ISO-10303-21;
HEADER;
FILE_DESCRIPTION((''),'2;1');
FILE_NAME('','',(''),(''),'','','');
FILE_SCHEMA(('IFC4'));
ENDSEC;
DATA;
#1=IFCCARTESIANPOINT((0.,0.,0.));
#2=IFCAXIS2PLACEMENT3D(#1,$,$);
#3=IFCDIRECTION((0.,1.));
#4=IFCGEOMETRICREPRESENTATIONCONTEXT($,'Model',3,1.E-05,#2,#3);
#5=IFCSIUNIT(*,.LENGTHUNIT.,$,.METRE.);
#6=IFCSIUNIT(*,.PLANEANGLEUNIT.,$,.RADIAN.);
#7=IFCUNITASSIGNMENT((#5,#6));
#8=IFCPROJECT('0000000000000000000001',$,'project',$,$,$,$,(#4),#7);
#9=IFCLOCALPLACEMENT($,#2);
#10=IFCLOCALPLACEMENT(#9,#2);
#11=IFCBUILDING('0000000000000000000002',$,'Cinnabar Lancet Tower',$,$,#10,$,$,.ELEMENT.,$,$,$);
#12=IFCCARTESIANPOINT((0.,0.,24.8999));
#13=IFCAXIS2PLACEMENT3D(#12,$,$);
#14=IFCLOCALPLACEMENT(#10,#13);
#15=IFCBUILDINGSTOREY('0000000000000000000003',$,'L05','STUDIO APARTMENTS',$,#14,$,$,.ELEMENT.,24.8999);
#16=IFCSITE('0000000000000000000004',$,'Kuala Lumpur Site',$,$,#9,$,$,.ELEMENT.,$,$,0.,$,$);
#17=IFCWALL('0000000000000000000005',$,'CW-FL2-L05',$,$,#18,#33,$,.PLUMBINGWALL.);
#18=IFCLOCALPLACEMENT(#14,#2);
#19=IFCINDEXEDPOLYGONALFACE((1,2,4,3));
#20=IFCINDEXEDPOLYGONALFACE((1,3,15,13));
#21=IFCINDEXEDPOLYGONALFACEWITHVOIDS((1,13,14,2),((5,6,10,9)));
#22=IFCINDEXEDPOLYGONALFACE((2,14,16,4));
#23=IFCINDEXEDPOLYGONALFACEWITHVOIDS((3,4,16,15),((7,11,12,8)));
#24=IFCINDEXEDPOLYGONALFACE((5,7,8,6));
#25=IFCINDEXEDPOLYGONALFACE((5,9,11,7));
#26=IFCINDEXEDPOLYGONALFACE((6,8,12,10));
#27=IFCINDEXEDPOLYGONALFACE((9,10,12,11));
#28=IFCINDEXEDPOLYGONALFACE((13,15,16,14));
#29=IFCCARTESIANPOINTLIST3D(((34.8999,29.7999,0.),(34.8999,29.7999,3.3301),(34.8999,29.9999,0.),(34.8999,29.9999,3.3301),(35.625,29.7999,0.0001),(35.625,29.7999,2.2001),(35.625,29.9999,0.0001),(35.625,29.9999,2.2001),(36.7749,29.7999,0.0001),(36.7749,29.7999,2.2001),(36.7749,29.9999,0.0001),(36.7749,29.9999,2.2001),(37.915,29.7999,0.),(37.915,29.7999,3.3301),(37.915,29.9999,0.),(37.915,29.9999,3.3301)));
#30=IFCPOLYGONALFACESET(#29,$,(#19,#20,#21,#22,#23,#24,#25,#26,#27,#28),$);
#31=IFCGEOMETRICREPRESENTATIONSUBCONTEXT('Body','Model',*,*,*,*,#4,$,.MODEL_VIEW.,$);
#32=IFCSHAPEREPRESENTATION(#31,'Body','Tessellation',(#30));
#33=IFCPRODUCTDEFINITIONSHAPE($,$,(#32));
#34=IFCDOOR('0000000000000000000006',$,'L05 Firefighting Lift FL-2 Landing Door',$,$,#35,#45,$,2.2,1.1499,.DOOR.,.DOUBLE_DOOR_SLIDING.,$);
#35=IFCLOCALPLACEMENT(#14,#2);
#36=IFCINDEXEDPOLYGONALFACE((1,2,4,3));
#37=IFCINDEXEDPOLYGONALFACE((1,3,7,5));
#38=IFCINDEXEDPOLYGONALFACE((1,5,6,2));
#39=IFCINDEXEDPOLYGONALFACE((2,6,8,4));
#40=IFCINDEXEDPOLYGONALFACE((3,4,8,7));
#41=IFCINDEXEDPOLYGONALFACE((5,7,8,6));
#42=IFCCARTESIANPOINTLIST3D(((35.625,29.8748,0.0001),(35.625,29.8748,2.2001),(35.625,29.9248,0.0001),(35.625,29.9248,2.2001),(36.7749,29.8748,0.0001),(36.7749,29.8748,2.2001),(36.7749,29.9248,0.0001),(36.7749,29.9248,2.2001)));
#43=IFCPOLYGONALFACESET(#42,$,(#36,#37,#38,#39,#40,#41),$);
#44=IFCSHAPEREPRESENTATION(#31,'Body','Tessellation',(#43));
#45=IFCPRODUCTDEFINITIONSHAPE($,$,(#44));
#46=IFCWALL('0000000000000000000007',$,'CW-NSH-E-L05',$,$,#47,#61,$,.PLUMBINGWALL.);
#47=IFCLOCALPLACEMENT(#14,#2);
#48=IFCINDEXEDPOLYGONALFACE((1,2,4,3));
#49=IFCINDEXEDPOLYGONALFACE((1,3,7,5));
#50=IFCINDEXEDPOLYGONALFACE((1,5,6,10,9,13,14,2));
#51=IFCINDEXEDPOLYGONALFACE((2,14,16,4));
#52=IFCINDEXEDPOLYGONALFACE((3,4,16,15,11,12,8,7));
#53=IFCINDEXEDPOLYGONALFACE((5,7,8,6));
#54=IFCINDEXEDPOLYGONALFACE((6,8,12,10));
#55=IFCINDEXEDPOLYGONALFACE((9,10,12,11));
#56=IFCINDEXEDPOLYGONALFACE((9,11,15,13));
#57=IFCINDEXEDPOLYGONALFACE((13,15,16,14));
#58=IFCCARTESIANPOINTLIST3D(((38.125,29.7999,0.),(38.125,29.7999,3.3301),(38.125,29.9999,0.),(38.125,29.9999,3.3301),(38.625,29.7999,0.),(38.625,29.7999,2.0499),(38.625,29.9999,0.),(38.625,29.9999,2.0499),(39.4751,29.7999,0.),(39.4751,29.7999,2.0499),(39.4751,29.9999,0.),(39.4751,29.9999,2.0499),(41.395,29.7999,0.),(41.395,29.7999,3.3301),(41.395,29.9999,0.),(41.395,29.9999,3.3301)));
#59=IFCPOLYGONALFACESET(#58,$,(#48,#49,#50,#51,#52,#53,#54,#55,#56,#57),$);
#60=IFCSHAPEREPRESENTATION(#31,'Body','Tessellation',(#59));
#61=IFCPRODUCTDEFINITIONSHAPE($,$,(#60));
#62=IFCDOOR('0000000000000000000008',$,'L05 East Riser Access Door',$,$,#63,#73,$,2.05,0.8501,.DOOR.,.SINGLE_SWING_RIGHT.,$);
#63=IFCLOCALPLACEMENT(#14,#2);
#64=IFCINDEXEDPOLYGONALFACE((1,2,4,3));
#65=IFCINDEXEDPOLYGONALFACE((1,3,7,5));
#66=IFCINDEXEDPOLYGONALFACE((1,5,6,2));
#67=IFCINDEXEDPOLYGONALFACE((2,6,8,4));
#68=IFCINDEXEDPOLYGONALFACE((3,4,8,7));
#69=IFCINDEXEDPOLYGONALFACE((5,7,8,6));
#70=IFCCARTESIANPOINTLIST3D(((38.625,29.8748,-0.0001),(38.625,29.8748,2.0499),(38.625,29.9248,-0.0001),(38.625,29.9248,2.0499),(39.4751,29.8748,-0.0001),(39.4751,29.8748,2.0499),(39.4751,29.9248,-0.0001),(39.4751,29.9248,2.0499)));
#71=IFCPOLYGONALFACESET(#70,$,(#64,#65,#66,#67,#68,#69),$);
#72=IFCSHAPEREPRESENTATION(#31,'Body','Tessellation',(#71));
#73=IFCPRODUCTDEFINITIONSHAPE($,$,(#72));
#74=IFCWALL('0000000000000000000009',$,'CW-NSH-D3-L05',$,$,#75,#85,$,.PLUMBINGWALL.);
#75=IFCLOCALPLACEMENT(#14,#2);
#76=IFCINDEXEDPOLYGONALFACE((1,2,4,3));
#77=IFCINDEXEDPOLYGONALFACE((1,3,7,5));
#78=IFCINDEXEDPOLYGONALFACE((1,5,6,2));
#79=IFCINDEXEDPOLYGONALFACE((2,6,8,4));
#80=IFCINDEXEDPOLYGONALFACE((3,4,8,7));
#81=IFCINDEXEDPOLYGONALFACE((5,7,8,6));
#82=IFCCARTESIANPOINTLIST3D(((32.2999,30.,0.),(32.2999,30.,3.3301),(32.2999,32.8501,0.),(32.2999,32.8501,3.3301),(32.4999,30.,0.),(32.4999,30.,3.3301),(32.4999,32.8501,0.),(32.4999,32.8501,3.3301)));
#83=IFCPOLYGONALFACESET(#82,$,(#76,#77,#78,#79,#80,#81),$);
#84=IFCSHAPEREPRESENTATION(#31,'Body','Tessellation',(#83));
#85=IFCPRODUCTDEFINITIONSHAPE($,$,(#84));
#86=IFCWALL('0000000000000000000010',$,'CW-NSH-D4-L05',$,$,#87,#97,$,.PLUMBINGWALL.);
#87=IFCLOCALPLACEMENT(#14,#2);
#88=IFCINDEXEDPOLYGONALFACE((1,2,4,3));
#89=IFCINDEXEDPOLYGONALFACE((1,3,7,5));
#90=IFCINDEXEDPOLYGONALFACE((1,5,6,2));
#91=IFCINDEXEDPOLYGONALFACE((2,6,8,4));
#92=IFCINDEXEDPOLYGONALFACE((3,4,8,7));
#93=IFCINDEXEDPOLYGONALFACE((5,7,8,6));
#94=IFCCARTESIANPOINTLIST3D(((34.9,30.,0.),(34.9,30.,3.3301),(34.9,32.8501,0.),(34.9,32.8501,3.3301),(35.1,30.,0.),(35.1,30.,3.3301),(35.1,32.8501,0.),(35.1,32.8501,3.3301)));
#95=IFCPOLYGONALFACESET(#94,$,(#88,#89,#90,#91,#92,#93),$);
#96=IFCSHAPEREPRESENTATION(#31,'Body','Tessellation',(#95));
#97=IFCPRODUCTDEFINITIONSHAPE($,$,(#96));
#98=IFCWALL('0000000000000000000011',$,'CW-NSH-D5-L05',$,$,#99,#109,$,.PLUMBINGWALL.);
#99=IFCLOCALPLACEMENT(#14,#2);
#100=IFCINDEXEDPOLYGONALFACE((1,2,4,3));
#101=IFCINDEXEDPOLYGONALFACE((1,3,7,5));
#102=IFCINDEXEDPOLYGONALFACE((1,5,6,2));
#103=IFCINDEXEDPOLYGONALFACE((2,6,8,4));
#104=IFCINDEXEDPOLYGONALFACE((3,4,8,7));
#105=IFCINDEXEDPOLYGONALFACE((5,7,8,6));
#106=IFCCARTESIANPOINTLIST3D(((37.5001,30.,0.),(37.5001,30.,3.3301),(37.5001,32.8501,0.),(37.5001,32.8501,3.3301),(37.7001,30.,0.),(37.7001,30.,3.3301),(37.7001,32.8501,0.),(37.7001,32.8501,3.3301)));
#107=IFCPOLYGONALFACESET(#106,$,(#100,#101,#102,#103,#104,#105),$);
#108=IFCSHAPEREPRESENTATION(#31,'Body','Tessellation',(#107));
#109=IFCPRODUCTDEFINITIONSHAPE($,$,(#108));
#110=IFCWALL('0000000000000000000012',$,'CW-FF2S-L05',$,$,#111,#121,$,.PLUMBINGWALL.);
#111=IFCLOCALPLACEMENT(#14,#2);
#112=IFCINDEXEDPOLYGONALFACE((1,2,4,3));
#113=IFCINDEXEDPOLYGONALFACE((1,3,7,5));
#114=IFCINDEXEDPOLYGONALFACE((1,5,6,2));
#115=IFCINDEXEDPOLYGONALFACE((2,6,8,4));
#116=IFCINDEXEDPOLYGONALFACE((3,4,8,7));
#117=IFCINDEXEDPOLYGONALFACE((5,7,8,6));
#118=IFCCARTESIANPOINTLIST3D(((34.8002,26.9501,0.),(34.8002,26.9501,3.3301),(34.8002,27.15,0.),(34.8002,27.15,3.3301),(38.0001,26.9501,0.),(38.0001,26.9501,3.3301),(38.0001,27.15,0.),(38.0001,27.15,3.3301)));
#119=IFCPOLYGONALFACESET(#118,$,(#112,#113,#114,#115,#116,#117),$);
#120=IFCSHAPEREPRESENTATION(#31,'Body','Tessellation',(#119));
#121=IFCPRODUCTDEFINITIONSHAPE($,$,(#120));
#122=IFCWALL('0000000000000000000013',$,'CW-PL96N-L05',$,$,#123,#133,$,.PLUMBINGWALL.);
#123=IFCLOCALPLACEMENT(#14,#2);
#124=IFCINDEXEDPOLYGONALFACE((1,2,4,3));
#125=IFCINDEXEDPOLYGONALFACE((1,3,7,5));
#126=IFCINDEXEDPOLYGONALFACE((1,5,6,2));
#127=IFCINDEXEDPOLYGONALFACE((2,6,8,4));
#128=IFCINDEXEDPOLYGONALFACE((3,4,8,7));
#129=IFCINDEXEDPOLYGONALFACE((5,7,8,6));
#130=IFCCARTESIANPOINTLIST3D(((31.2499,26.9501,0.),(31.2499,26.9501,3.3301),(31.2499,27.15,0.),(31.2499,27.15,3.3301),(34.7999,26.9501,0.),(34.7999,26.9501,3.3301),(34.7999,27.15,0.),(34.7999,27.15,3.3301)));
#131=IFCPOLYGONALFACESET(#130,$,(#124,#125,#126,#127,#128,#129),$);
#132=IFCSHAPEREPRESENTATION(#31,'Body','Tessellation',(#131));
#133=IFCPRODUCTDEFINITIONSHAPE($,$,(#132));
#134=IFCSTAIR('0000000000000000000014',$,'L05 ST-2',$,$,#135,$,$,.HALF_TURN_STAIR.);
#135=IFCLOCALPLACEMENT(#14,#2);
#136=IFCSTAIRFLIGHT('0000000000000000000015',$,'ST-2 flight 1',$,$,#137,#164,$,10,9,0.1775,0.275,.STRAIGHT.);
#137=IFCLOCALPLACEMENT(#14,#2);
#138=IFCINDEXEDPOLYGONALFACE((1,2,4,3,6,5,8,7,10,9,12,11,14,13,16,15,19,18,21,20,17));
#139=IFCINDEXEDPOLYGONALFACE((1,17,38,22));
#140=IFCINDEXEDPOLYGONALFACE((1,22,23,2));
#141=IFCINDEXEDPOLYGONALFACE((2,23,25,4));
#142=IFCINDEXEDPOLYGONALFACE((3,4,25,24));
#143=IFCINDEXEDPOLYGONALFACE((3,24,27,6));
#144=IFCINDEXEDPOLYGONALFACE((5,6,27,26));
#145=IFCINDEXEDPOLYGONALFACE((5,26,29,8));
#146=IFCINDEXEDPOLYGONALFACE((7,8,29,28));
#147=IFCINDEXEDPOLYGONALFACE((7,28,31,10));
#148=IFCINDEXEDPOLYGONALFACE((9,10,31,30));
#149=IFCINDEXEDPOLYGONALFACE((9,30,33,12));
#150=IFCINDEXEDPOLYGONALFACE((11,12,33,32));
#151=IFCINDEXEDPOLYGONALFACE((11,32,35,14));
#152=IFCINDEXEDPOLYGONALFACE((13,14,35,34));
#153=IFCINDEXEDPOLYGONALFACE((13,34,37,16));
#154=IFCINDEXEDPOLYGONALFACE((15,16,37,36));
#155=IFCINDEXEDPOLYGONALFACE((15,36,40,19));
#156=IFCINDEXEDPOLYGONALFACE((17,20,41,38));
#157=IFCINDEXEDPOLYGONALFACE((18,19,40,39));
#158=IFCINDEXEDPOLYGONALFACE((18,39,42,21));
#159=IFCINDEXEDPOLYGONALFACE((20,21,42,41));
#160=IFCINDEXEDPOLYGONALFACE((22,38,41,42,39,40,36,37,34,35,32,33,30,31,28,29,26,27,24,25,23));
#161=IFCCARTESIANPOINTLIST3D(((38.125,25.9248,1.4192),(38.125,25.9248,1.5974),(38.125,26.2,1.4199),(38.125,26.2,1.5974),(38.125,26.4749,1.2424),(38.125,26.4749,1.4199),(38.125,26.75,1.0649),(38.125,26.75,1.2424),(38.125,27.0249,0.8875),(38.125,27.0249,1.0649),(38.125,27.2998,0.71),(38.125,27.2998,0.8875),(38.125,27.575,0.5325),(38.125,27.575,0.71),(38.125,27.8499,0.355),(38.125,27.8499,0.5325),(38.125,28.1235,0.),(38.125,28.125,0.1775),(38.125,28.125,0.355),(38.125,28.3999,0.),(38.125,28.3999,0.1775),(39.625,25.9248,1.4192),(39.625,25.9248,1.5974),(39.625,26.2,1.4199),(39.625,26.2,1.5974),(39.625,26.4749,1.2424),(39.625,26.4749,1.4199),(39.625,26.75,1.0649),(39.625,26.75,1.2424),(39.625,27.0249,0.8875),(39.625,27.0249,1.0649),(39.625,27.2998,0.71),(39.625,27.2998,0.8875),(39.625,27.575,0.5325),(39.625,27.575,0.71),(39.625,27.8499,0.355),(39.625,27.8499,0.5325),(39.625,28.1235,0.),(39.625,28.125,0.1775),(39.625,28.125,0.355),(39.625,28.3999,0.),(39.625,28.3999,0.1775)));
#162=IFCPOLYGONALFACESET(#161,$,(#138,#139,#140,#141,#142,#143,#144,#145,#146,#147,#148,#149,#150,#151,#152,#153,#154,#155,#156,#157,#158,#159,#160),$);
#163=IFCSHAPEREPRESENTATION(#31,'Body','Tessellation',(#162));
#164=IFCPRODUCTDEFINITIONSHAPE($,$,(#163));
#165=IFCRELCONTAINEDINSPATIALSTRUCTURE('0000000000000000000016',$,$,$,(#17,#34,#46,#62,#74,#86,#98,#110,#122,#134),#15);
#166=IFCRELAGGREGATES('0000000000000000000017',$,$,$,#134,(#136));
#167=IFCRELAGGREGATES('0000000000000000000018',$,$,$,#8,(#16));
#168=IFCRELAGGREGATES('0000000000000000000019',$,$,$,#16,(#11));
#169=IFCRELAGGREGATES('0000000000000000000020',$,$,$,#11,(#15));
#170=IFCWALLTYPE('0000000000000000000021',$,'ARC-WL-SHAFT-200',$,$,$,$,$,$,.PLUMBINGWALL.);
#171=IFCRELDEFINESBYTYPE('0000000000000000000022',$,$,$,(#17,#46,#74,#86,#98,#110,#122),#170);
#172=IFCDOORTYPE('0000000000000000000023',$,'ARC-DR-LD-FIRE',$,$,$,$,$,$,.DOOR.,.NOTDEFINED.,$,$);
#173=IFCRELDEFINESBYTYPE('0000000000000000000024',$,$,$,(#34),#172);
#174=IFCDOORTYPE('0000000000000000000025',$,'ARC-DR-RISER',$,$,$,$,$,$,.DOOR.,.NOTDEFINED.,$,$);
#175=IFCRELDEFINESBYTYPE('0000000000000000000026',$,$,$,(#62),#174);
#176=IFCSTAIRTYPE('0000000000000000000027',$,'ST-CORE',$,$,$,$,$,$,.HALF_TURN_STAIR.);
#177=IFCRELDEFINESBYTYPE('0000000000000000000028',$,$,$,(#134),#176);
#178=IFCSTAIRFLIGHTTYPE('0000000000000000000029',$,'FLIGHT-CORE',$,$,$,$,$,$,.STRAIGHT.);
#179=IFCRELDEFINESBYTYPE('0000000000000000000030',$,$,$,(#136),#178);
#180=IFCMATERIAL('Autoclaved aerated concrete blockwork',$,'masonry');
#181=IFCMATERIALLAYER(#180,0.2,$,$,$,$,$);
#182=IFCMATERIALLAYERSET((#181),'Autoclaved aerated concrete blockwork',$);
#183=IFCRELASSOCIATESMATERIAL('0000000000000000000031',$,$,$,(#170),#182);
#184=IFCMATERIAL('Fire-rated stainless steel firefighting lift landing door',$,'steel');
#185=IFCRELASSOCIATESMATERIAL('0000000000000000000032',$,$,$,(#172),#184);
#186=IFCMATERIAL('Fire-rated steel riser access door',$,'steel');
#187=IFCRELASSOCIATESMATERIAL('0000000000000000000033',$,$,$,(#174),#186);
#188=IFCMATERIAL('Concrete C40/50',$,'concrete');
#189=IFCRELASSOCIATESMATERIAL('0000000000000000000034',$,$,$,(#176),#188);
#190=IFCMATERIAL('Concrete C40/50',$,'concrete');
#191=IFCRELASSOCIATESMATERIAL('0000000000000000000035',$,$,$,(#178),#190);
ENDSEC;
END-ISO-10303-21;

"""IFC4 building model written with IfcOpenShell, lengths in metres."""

from ifc_helpers import new_model, si_unit, direction, frame, frame_2d, origin, place, context, subcontext, project, spatial, polyline, rectangle, outline, extrude, material, layer, layer_set, type_object, element, fill, aggregate, save


model = new_model("IFC4")

# Units and contexts
model_context = context("Model", 3, precision=1e-05, world=origin(), true_north=direction((0.0, 1.0)))
body_context = subcontext(model_context, "Body", "Model", "MODEL_VIEW")
ifc_project = project(units=[si_unit("LENGTHUNIT", "METRE"), si_unit("PLANEANGLEUNIT", "RADIAN")], contexts=[model_context])

# Site, building, storey
site_placement = place(None, origin())
site = spatial("IfcSite", under=ifc_project, at=site_placement, Name="Kuala Lumpur Site", CompositionType="ELEMENT", RefElevation=0.0)
building_placement = place(site_placement, origin())
building = spatial("IfcBuilding", under=site, at=building_placement, Name="Cinnabar Lancet Tower", CompositionType="ELEMENT")
storey_placement = place(building_placement, frame((0.0, 0.0, 24.8999)))
storey = spatial("IfcBuildingStorey", under=building, at=storey_placement, Name="L05", Description="STUDIO APARTMENTS", CompositionType="ELEMENT", Elevation=24.8999)

# Walls, openings, doors
ifc_material_1 = material(Name="Autoclaved aerated concrete blockwork", Category="masonry")
ifc_layer = layer(ifc_material_1, 0.2)
ifc_layer_set = layer_set([ifc_layer], Name="Autoclaved aerated concrete blockwork")
wall_type = type_object("IfcWallType", Name="ARC-WL-SHAFT-200", PredefinedType="PLUMBINGWALL", material=ifc_layer_set)
wall_1_placement = place(storey_placement, frame((34.8999, 29.8999, 0.0), z_axis=(0.0, 0.0, 1.0), x_axis=(1.0, 0.0, 0.0)))
wall_1 = element("IfcWall", 1, at=wall_1_placement, inside=storey, type_object=wall_type, Name="CW-FL2-L05", PredefinedType="PLUMBINGWALL", context=body_context, shape_type="SweptSolid", body=[
    extrude(rectangle(XDim=3.0151, YDim=0.2, at=frame_2d((1.5076, 0.0))), origin(), (0.0, 0.0, 1.0), 3.3301),
])
opening_1_placement = place(wall_1_placement, frame((0.7251, 0.0, 0.0)))
opening_1 = element("IfcOpeningElement", 2, at=opening_1_placement, cuts=wall_1, PredefinedType="OPENING", context=body_context, shape_type="SweptSolid", body=[
    extrude(rectangle(XDim=1.1499, YDim=2.2, at=frame_2d((0.575, 1.1001))), frame((0.0, 0.1099, 0.0), z_axis=(0.0, -1.0, 0.0), x_axis=(1.0, 0.0, 0.0)), (0.0, 0.0, 1.0), 0.22),
])
ifc_material_2 = material(Name="Fire-rated stainless steel firefighting lift landing door", Category="steel")
door_type_1 = type_object("IfcDoorType", Name="ARC-DR-LD-FIRE", OperationType="NOTDEFINED", PredefinedType="DOOR", material=ifc_material_2)
door_1_placement = place(opening_1_placement, origin())
door_1 = element("IfcDoor", 3, at=door_1_placement, inside=storey, type_object=door_type_1, Name="L05 Firefighting Lift FL-2 Landing Door", OperationType="DOUBLE_DOOR_SLIDING", OverallHeight=2.2, OverallWidth=1.1499, PredefinedType="DOOR", context=body_context, shape_type="SweptSolid", body=[
    extrude(rectangle(XDim=1.1499, YDim=2.2, at=frame_2d((0.575, 1.1001))), frame((0.0, 0.0249, 0.0), z_axis=(0.0, -1.0, 0.0), x_axis=(1.0, 0.0, 0.0)), (0.0, 0.0, 1.0), 0.05),
])
fill(opening_1, door_1)
wall_2_placement = place(storey_placement, frame((38.125, 29.8999, 0.0), z_axis=(0.0, 0.0, 1.0), x_axis=(1.0, 0.0, 0.0)))
wall_2 = element("IfcWall", 4, at=wall_2_placement, inside=storey, type_object=wall_type, Name="CW-NSH-E-L05", PredefinedType="PLUMBINGWALL", context=body_context, shape_type="SweptSolid", body=[
    extrude(rectangle(XDim=3.27, YDim=0.2, at=frame_2d((1.635, 0.0))), origin(), (0.0, 0.0, 1.0), 3.3301),
])
opening_2_placement = place(wall_2_placement, frame((0.5, 0.0, 0.0)))
opening_2 = element("IfcOpeningElement", 5, at=opening_2_placement, cuts=wall_2, PredefinedType="OPENING", context=body_context, shape_type="SweptSolid", body=[
    extrude(rectangle(XDim=0.8501, YDim=2.05, at=frame_2d((0.425, 1.0249))), frame((0.0, 0.1099, 0.0), z_axis=(0.0, -1.0, 0.0), x_axis=(1.0, 0.0, 0.0)), (0.0, 0.0, 1.0), 0.22),
])
ifc_material_3 = material(Name="Fire-rated steel riser access door", Category="steel")
door_type_2 = type_object("IfcDoorType", Name="ARC-DR-RISER", OperationType="NOTDEFINED", PredefinedType="DOOR", material=ifc_material_3)
door_2_placement = place(opening_2_placement, origin())
door_2 = element("IfcDoor", 6, at=door_2_placement, inside=storey, type_object=door_type_2, Name="L05 East Riser Access Door", OperationType="SINGLE_SWING_RIGHT", OverallHeight=2.05, OverallWidth=0.8501, PredefinedType="DOOR", context=body_context, shape_type="SweptSolid", body=[
    extrude(rectangle(XDim=0.8501, YDim=2.05, at=frame_2d((0.425, 1.0249))), frame((0.0, 0.0249, 0.0), z_axis=(0.0, -1.0, 0.0), x_axis=(1.0, 0.0, 0.0)), (0.0, 0.0, 1.0), 0.05),
])
fill(opening_2, door_2)

# Walls
for number, where, z_axis, x_axis, name in (
    (7, (32.3999, 30.0, 0.0), (0.0, 0.0, 1.0), (0.0, 1.0, 0.0), "CW-NSH-D3-L05"),
    (8, (35.0, 30.0, 0.0), (0.0, 0.0, 1.0), (0.0, 1.0, 0.0), "CW-NSH-D4-L05"),
    (9, (37.6001, 30.0, 0.0), (0.0, 0.0, 1.0), (0.0, 1.0, 0.0), "CW-NSH-D5-L05"),
):
    element("IfcWall", number, at=place(storey_placement, frame(where, z_axis=z_axis, x_axis=x_axis)), inside=storey, type_object=wall_type, Name=name, PredefinedType="PLUMBINGWALL", context=body_context, shape_type="SweptSolid", body=[
        extrude(rectangle(XDim=2.8501, YDim=0.2, at=frame_2d((1.425, 0.0))), origin(), (0.0, 0.0, 1.0), 3.3301),
    ])

# Walls
wall_3_placement = place(storey_placement, frame((34.8, 27.05, 0.0), z_axis=(0.0, 0.0, 1.0), x_axis=(1.0, 0.0, 0.0)))
element("IfcWall", 10, at=wall_3_placement, inside=storey, type_object=wall_type, Name="CW-FF2S-L05", PredefinedType="PLUMBINGWALL", context=body_context, shape_type="SweptSolid", body=[
    extrude(rectangle(XDim=3.2, YDim=0.2, at=frame_2d((1.6001, 0.0))), origin(), (0.0, 0.0, 1.0), 3.3301),
])
wall_4_placement = place(storey_placement, frame((31.25, 27.05, 0.0), z_axis=(0.0, 0.0, 1.0), x_axis=(1.0, 0.0, 0.0)))
element("IfcWall", 11, at=wall_4_placement, inside=storey, type_object=wall_type, Name="CW-PL96N-L05", PredefinedType="PLUMBINGWALL", context=body_context, shape_type="SweptSolid", body=[
    extrude(rectangle(XDim=3.55, YDim=0.2, at=frame_2d((1.7749, 0.0))), origin(), (0.0, 0.0, 1.0), 3.3301),
])

# Stair, stair flight
ifc_material_4 = material(Name="Concrete C40/50", Category="concrete")
stair_type = type_object("IfcStairType", Name="ST-CORE", PredefinedType="HALF_TURN_STAIR", material=ifc_material_4)
stair_placement = place(storey_placement, origin())
stair = element("IfcStair", 12, at=stair_placement, inside=storey, type_object=stair_type, Name="L05 ST-2", PredefinedType="HALF_TURN_STAIR")
ifc_material_5 = material(Name="Concrete C40/50", Category="concrete")
stair_flight_type = type_object("IfcStairFlightType", Name="FLIGHT-CORE", PredefinedType="STRAIGHT", material=ifc_material_5)
stair_flight_1_placement = place(storey_placement, frame((38.875, 28.3999, 0.0), z_axis=(0.0, 0.0, 1.0), x_axis=(0.0, -1.0, 0.0)))
stair_flight_1 = element("IfcStairFlight", 13, at=stair_flight_1_placement, type_object=stair_flight_type, Name="ST-2 flight 1", NumberOfRisers=10, NumberOfTreads=9, PredefinedType="STRAIGHT", RiserHeight=0.1775, TreadLength=0.275, context=body_context, shape_type="SweptSolid", body=[
    extrude(outline(polyline([(0.0, 0.0), (0.0, 0.1775), (0.2749, 0.1775), (0.2749, 0.355), (0.55, 0.355), (0.55, 0.5325), (0.825, 0.5325), (0.825, 0.71), (1.1001, 0.71), (1.1001, 0.8875), (1.375, 0.8875), (1.375, 1.0649), (1.6499, 1.0649), (1.6499, 1.2424), (1.925, 1.2424), (1.925, 1.4199), (2.2, 1.4199), (2.2, 1.5974), (2.4751, 1.5974), (2.4751, 1.7749), (2.4751, 1.4192), (0.2764, 0.0), (0.0, 0.0)])), frame((0.0, 0.75, 0.0), z_axis=(0.0, -1.0, 0.0), x_axis=(1.0, 0.0, 0.0)), (0.0, 0.0, 1.0), 1.5),
])
aggregate(stair, [stair_flight_1])

save(model, "model.ifc")
